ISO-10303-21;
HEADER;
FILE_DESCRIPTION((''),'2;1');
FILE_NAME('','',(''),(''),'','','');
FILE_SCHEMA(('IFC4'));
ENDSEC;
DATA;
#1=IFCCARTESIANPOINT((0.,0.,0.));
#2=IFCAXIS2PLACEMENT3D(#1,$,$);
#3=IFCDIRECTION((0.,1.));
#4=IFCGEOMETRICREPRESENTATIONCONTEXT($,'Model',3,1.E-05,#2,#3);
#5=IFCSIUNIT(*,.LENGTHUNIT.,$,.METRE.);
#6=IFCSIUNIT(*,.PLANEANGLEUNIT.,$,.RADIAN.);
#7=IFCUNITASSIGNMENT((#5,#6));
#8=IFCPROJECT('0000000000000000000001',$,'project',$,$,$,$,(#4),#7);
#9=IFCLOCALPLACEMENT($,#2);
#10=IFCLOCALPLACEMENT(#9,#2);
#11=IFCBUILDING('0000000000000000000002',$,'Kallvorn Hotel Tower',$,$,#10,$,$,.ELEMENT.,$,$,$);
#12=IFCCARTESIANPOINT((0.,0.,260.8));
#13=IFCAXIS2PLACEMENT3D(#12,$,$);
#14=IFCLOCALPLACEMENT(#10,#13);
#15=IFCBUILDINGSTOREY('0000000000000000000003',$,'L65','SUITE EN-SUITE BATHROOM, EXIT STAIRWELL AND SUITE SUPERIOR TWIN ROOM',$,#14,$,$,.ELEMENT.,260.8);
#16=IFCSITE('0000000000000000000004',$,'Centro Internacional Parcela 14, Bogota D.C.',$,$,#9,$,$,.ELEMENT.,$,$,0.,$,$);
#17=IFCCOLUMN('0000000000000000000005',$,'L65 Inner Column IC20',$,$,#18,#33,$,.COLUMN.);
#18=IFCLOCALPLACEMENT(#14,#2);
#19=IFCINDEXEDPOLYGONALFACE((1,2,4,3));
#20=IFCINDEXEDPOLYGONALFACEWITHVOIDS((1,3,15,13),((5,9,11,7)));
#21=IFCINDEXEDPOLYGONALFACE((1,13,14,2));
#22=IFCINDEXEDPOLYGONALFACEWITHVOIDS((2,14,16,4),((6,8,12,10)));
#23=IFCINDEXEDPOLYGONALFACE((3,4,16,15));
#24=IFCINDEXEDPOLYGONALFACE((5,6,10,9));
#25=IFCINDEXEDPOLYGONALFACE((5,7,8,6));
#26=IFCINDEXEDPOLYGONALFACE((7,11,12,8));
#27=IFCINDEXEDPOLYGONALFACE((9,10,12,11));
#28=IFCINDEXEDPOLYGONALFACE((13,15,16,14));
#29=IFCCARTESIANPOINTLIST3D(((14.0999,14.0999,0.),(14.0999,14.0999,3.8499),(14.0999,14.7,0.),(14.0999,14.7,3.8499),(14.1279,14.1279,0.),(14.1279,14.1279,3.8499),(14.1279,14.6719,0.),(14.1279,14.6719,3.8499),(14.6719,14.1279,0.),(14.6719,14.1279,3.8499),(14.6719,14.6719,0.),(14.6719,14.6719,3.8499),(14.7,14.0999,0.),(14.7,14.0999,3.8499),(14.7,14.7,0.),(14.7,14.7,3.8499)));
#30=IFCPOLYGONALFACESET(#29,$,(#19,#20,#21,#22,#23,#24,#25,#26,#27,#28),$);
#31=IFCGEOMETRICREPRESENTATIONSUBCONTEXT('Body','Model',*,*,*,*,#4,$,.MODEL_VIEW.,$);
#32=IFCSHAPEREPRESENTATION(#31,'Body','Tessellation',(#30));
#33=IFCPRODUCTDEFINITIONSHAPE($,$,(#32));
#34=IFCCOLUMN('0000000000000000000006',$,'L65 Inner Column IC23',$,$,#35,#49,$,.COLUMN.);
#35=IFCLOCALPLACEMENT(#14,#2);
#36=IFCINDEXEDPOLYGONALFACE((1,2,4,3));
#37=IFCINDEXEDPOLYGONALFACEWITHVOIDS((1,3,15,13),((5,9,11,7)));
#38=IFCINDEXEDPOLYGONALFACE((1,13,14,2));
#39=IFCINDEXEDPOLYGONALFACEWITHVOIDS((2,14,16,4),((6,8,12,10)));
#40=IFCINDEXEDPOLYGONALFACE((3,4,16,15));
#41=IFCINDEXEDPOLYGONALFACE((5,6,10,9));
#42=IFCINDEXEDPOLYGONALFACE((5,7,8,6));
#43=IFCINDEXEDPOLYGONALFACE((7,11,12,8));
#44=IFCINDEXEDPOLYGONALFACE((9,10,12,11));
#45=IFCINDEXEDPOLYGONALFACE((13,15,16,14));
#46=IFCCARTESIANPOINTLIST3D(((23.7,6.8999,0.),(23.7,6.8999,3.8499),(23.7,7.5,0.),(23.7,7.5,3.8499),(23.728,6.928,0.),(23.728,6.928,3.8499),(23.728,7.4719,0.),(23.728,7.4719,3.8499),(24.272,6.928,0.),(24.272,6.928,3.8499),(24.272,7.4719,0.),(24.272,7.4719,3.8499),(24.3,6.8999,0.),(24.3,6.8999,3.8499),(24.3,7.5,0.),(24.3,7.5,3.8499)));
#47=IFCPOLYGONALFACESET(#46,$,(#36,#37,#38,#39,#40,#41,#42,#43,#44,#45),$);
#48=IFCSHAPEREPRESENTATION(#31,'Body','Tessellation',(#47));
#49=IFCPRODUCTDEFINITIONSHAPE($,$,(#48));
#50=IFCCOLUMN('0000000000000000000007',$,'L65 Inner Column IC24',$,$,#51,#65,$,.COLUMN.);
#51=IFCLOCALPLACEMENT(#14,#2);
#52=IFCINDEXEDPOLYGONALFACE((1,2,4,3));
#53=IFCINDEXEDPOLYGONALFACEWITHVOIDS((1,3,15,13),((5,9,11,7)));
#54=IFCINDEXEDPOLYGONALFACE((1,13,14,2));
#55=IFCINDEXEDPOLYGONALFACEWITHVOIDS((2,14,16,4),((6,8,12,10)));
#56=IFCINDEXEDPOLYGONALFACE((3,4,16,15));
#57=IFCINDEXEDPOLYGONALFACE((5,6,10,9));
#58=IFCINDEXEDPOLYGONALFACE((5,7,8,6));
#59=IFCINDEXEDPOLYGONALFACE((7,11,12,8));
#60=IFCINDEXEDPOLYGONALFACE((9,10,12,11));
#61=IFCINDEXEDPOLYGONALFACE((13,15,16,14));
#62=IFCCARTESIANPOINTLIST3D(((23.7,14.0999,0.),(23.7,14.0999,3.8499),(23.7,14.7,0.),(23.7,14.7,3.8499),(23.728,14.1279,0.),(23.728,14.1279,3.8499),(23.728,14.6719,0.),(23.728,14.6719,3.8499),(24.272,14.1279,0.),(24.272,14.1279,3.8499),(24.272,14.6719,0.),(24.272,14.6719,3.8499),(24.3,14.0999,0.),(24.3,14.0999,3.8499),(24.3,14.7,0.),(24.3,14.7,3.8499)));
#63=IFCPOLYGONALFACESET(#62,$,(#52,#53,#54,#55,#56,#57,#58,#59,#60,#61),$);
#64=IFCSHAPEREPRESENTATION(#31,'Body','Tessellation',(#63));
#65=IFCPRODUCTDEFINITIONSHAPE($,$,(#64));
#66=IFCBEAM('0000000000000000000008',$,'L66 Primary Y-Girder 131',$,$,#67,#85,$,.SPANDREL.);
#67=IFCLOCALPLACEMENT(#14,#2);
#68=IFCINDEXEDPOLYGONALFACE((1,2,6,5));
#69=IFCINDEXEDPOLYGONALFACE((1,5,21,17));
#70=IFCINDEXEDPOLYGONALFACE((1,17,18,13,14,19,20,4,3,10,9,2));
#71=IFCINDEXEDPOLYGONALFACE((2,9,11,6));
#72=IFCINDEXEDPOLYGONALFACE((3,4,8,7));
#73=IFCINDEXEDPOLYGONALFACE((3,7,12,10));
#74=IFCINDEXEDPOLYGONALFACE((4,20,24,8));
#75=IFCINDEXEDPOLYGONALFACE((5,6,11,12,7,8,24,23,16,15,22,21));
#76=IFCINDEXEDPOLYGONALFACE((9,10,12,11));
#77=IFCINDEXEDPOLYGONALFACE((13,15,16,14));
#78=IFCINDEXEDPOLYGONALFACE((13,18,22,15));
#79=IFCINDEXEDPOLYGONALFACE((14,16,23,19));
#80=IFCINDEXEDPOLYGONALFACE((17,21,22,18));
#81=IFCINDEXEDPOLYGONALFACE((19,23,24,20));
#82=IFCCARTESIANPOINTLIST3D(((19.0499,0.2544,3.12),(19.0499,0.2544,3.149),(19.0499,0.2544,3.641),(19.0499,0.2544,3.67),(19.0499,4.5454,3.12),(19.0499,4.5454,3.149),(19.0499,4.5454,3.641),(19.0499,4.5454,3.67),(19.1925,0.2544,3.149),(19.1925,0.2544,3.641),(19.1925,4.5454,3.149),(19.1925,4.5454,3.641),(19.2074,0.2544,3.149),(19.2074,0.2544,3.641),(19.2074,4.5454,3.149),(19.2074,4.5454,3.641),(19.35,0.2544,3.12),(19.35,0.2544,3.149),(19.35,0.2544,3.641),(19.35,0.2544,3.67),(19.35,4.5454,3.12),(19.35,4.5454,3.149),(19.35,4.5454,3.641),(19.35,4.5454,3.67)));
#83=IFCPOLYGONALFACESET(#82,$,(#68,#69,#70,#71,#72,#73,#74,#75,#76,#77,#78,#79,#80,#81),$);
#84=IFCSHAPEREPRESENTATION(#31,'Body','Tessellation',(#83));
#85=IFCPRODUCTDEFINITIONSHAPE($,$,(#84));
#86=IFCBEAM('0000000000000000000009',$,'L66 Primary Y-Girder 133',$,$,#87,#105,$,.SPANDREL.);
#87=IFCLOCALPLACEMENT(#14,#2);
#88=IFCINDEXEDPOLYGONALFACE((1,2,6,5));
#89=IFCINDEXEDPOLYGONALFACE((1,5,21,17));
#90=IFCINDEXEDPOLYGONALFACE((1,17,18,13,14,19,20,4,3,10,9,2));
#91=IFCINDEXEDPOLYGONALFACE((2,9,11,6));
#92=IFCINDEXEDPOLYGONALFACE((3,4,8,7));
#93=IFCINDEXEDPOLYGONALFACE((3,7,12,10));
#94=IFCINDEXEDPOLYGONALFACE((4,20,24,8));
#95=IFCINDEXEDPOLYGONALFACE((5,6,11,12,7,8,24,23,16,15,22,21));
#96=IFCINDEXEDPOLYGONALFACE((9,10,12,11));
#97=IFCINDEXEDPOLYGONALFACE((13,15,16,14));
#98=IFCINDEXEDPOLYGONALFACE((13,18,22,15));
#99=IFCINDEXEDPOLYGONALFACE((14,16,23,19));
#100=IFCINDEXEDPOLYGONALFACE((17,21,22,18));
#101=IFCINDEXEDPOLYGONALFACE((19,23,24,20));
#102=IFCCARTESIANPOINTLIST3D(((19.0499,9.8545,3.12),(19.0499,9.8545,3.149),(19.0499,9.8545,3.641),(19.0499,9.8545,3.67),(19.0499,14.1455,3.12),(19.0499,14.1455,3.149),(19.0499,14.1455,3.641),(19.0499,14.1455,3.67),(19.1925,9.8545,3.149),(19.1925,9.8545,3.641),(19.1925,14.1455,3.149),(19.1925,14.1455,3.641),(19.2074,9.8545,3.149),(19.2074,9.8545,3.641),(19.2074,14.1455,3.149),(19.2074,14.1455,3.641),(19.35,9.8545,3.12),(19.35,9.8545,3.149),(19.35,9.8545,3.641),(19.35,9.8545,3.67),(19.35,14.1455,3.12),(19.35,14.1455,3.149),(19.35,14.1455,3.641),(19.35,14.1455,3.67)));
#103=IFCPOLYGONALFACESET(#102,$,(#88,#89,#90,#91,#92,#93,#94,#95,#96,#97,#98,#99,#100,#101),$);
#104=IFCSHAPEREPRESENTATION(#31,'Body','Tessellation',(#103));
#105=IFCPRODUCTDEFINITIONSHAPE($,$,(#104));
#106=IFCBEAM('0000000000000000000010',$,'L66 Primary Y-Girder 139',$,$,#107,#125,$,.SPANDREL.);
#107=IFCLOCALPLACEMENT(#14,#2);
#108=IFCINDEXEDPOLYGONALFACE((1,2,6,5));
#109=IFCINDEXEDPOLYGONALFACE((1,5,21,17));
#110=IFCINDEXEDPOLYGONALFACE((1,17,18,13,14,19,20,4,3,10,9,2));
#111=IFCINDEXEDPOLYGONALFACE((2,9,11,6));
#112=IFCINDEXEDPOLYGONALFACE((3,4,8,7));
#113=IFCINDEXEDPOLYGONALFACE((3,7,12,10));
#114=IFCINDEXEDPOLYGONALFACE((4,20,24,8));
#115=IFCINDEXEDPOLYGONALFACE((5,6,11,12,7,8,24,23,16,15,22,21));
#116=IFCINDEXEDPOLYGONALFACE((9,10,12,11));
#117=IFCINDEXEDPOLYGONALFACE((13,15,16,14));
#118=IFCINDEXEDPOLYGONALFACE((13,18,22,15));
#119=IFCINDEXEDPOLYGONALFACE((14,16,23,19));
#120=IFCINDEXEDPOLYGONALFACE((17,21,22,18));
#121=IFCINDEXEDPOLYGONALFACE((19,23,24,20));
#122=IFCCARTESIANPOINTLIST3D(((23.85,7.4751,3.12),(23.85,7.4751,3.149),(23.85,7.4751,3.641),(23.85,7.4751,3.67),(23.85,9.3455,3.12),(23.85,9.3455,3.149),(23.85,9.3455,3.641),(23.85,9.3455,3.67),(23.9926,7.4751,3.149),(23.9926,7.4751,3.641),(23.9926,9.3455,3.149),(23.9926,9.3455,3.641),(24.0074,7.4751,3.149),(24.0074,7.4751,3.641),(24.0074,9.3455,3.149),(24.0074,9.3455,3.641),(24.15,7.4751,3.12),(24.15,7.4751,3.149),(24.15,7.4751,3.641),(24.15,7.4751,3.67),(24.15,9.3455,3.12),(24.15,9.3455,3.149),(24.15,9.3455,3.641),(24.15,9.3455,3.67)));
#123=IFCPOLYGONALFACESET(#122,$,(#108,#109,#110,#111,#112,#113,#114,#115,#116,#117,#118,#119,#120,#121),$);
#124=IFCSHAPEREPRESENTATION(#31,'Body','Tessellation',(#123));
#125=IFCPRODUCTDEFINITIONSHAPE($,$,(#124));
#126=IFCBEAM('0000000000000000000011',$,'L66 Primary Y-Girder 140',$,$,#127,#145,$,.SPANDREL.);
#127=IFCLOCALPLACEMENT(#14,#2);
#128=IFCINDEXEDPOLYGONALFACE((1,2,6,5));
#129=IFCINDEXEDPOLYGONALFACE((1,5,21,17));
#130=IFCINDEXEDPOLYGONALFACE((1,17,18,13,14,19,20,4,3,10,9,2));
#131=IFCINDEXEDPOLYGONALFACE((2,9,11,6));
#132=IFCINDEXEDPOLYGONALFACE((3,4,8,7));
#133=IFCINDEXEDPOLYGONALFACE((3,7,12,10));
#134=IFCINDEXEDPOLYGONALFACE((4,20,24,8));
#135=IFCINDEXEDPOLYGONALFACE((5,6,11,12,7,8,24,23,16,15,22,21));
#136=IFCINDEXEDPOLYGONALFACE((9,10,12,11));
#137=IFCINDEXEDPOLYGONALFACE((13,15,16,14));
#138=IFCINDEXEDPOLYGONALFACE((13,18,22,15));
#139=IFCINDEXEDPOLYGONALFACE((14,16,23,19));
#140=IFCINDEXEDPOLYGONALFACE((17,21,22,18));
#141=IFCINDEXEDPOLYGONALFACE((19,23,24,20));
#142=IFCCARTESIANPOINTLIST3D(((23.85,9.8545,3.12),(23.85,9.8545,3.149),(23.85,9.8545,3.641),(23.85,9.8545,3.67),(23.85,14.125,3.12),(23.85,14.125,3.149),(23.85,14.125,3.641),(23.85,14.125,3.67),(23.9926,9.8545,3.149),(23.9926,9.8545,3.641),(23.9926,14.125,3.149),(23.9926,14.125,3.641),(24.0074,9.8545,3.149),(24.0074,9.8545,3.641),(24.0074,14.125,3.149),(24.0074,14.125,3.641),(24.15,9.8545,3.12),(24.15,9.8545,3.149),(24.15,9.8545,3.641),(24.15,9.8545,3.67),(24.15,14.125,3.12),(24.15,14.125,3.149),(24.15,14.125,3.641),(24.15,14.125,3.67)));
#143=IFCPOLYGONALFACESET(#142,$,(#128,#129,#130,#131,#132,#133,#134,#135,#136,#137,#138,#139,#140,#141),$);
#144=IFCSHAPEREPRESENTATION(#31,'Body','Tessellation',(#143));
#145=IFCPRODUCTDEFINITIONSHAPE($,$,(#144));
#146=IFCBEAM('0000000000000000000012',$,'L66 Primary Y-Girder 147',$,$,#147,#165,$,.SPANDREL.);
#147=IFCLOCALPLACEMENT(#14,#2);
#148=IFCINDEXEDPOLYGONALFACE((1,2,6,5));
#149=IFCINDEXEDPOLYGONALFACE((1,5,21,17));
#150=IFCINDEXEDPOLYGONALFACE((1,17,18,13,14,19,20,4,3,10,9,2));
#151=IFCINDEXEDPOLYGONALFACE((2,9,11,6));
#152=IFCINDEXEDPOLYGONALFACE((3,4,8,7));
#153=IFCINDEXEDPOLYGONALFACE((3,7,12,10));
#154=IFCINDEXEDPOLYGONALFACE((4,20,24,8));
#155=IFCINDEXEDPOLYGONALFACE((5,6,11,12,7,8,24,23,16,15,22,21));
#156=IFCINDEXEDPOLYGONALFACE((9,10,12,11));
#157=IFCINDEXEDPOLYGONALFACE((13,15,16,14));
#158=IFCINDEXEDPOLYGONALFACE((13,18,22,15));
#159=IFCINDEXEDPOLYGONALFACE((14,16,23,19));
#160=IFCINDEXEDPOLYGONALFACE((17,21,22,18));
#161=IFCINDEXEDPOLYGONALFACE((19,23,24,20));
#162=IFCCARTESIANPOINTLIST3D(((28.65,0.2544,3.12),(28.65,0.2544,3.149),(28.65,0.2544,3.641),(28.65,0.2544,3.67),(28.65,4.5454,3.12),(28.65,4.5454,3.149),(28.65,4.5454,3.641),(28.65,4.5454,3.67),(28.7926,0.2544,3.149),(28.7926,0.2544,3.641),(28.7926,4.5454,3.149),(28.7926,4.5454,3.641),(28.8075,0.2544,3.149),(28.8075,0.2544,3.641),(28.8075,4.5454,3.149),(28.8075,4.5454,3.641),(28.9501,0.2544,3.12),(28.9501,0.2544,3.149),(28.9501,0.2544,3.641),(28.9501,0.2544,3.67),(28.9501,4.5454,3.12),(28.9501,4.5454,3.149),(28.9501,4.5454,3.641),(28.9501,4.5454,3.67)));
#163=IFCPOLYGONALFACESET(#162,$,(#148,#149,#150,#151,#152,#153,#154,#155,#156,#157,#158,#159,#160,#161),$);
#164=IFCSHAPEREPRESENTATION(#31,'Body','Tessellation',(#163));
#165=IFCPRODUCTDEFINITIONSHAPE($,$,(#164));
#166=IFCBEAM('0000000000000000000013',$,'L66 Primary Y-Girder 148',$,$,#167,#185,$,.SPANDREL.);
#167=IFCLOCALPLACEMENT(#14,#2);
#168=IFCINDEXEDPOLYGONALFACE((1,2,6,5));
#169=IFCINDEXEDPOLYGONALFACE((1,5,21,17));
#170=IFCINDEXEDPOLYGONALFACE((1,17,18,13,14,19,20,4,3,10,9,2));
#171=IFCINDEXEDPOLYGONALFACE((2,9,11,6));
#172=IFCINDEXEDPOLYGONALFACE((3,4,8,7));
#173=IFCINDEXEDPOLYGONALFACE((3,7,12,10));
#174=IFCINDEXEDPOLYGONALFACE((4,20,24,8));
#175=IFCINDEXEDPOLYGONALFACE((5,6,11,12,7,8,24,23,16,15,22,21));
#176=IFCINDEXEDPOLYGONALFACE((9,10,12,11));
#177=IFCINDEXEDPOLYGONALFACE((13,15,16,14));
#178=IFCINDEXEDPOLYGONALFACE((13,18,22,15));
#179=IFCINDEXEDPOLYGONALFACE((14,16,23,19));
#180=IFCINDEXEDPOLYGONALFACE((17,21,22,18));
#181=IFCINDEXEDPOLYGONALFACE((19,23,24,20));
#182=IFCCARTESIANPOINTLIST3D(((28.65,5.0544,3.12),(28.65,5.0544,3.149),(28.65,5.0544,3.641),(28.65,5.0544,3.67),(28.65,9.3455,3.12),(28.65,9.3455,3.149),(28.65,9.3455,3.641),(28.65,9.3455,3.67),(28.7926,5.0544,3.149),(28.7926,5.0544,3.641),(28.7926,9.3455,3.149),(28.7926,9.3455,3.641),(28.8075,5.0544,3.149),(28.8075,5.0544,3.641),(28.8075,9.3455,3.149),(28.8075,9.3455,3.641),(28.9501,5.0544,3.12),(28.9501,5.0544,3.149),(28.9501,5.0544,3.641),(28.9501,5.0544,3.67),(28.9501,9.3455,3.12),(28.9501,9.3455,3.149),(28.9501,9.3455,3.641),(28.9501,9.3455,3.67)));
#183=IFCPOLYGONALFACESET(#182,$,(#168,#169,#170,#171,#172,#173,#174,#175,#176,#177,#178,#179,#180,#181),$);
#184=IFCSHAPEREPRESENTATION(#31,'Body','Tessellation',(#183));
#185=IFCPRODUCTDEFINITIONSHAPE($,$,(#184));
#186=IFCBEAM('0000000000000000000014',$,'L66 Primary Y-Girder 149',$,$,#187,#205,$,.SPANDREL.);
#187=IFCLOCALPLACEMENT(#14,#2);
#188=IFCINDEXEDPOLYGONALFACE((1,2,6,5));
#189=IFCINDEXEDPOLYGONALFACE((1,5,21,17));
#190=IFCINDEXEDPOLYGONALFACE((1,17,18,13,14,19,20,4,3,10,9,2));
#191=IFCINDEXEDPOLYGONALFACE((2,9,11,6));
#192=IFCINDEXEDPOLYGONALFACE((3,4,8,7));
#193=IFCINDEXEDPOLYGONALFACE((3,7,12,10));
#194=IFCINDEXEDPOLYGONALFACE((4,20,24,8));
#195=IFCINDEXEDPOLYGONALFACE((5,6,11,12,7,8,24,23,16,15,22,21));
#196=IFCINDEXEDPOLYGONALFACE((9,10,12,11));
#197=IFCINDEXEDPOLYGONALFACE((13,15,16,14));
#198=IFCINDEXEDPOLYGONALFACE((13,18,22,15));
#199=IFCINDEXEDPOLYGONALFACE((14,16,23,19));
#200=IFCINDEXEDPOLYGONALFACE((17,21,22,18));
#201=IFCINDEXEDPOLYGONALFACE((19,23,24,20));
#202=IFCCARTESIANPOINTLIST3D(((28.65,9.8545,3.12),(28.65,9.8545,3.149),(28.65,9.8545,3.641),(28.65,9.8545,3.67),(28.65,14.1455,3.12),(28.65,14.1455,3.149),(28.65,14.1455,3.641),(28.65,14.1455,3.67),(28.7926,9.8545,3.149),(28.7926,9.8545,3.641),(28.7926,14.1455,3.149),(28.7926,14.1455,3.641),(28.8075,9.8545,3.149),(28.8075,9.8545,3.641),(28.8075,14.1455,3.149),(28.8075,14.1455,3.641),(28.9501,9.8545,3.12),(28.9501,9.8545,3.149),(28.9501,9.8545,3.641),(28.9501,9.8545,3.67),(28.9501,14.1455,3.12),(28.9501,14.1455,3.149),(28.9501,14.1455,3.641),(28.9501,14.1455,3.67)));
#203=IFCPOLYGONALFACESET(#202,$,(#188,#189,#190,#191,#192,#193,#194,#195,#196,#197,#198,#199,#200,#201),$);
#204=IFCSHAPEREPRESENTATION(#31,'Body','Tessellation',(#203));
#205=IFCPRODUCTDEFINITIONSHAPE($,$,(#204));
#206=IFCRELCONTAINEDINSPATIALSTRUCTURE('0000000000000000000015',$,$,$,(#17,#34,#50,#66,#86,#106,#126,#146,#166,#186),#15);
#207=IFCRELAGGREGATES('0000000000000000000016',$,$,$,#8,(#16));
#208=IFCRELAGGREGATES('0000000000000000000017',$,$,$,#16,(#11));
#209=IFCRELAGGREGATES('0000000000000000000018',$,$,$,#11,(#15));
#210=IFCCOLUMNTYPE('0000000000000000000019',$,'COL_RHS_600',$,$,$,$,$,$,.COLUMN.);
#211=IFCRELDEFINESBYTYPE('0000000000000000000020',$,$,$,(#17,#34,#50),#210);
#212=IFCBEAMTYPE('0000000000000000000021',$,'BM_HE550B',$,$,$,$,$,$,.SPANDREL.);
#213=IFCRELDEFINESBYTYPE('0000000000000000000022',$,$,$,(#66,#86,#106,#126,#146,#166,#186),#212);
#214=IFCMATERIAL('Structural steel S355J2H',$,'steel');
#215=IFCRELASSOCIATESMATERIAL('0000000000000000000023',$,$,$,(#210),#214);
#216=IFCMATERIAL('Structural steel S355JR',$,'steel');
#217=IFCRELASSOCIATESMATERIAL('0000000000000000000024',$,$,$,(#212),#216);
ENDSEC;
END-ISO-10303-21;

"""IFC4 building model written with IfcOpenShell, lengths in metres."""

from ifc_helpers import new_model, si_unit, direction, frame, origin, origin_2d, place, context, subcontext, project, spatial, hollow_rectangle, i_section, extrude, material, material_profile, profile_set, type_object, element, save


model = new_model("IFC4")

# Units and contexts
model_context = context("Model", 3, precision=1e-05, world=origin(), true_north=direction((0.0, 1.0)))
body_context = subcontext(model_context, "Body", "Model", "MODEL_VIEW")
ifc_project = project(units=[si_unit("LENGTHUNIT", "METRE"), si_unit("PLANEANGLEUNIT", "RADIAN")], contexts=[model_context])

# Site, building, storey
site_placement = place(None, origin())
site = spatial("IfcSite", under=ifc_project, at=site_placement, Name="Centro Internacional Parcela 14, Bogota D.C.", CompositionType="ELEMENT", RefElevation=0.0)
building_placement = place(site_placement, origin())
building = spatial("IfcBuilding", under=site, at=building_placement, Name="Kallvorn Hotel Tower", CompositionType="ELEMENT")
storey_placement = place(building_placement, frame((0.0, 0.0, 260.8)))
storey = spatial("IfcBuildingStorey", under=building, at=storey_placement, Name="L65", Description="SUITE EN-SUITE BATHROOM, EXIT STAIRWELL AND SUITE SUPERIOR TWIN ROOM", CompositionType="ELEMENT", Elevation=260.8)

# Columns
ifc_material_1 = material(Name="Structural steel S355J2H", Category="steel")
ifc_material_profile_1 = material_profile(ifc_material_1, hollow_rectangle(XDim=0.6001, YDim=0.6001, WallThickness=0.0281, at=origin_2d()), Name="RHS 600x600x28")
ifc_profile_set_1 = profile_set([ifc_material_profile_1], Name="Structural steel S355J2H")
column_type_1 = type_object("IfcColumnType", Name="COL_RHS_600", PredefinedType="COLUMN", material=ifc_profile_set_1)
for number, where, z_axis, x_axis, name in (
    (1, (14.3999, 14.3999, 0.0), (0.0, 0.0, 1.0), (1.0, 0.0, 0.0), "L65 Inner Column IC20"),
    (2, (24.0, 7.2, 0.0), (0.0, 0.0, 1.0), (1.0, 0.0, 0.0), "L65 Inner Column IC23"),
    (3, (24.0, 14.3999, 0.0), (0.0, 0.0, 1.0), (1.0, 0.0, 0.0), "L65 Inner Column IC24"),
):
    element("IfcColumn", number, at=place(storey_placement, frame(where, z_axis=z_axis, x_axis=x_axis)), inside=storey, type_object=column_type_1, Name=name, PredefinedType="COLUMN", context=body_context, shape_type="SweptSolid", body=[
        extrude(hollow_rectangle(XDim=0.6001, YDim=0.6001, WallThickness=0.0281, at=origin_2d()), origin(), (0.0, 0.0, 1.0), 3.8499),
    ])

# Beams
ifc_material_2 = material(Name="Structural steel S355JR", Category="steel")
ifc_material_profile_2 = material_profile(ifc_material_2, i_section(OverallWidth=0.3, OverallDepth=0.55, WebThickness=0.0149, FlangeThickness=0.0291, at=origin_2d()), Name="HE 550 B")
ifc_profile_set_2 = profile_set([ifc_material_profile_2], Name="Structural steel S355JR")
beam_type_1 = type_object("IfcBeamType", Name="BM_HE550B", PredefinedType="SPANDREL", material=ifc_profile_set_2)
for number, where, z_axis, x_axis, name in (
    (4, (19.2, 0.2544, 3.395), (0.0, 1.0, 0.0), (-1.0, 0.0, 0.0), "L66 Primary Y-Girder 131"),
    (5, (19.2, 9.8545, 3.395), (0.0, 1.0, 0.0), (-1.0, 0.0, 0.0), "L66 Primary Y-Girder 133"),
):
    element("IfcBeam", number, at=place(storey_placement, frame(where, z_axis=z_axis, x_axis=x_axis)), inside=storey, type_object=beam_type_1, Name=name, PredefinedType="SPANDREL", context=body_context, shape_type="SweptSolid", body=[
        extrude(i_section(OverallWidth=0.3, OverallDepth=0.55, WebThickness=0.0149, FlangeThickness=0.0291, at=origin_2d()), origin(), (0.0, 0.0, 1.0), 4.291),
    ])
beam_1_placement = place(storey_placement, frame((24.0, 7.4751, 3.395), z_axis=(0.0, 1.0, 0.0), x_axis=(-1.0, 0.0, 0.0)))
element("IfcBeam", 6, at=beam_1_placement, inside=storey, type_object=beam_type_1, Name="L66 Primary Y-Girder 139", PredefinedType="SPANDREL", context=body_context, shape_type="SweptSolid", body=[
    extrude(i_section(OverallWidth=0.3, OverallDepth=0.55, WebThickness=0.0149, FlangeThickness=0.0291, at=origin_2d()), origin(), (0.0, 0.0, 1.0), 1.8704),
])
beam_2_placement = place(storey_placement, frame((24.0, 9.8545, 3.395), z_axis=(0.0, 1.0, 0.0), x_axis=(-1.0, 0.0, 0.0)))
element("IfcBeam", 7, at=beam_2_placement, inside=storey, type_object=beam_type_1, Name="L66 Primary Y-Girder 140", PredefinedType="SPANDREL", context=body_context, shape_type="SweptSolid", body=[
    extrude(i_section(OverallWidth=0.3, OverallDepth=0.55, WebThickness=0.0149, FlangeThickness=0.0291, at=origin_2d()), origin(), (0.0, 0.0, 1.0), 4.2705),
])
for number, where, z_axis, x_axis, name in (
    (8, (28.8, 0.2544, 3.395), (0.0, 1.0, 0.0), (-1.0, 0.0, 0.0), "L66 Primary Y-Girder 147"),
    (9, (28.8, 5.0544, 3.395), (0.0, 1.0, 0.0), (-1.0, 0.0, 0.0), "L66 Primary Y-Girder 148"),
    (10, (28.8, 9.8545, 3.395), (0.0, 1.0, 0.0), (-1.0, 0.0, 0.0), "L66 Primary Y-Girder 149"),
):
    element("IfcBeam", number, at=place(storey_placement, frame(where, z_axis=z_axis, x_axis=x_axis)), inside=storey, type_object=beam_type_1, Name=name, PredefinedType="SPANDREL", context=body_context, shape_type="SweptSolid", body=[
        extrude(i_section(OverallWidth=0.3, OverallDepth=0.55, WebThickness=0.0149, FlangeThickness=0.0291, at=origin_2d()), origin(), (0.0, 0.0, 1.0), 4.291),
    ])

save(model, "model.ifc")
